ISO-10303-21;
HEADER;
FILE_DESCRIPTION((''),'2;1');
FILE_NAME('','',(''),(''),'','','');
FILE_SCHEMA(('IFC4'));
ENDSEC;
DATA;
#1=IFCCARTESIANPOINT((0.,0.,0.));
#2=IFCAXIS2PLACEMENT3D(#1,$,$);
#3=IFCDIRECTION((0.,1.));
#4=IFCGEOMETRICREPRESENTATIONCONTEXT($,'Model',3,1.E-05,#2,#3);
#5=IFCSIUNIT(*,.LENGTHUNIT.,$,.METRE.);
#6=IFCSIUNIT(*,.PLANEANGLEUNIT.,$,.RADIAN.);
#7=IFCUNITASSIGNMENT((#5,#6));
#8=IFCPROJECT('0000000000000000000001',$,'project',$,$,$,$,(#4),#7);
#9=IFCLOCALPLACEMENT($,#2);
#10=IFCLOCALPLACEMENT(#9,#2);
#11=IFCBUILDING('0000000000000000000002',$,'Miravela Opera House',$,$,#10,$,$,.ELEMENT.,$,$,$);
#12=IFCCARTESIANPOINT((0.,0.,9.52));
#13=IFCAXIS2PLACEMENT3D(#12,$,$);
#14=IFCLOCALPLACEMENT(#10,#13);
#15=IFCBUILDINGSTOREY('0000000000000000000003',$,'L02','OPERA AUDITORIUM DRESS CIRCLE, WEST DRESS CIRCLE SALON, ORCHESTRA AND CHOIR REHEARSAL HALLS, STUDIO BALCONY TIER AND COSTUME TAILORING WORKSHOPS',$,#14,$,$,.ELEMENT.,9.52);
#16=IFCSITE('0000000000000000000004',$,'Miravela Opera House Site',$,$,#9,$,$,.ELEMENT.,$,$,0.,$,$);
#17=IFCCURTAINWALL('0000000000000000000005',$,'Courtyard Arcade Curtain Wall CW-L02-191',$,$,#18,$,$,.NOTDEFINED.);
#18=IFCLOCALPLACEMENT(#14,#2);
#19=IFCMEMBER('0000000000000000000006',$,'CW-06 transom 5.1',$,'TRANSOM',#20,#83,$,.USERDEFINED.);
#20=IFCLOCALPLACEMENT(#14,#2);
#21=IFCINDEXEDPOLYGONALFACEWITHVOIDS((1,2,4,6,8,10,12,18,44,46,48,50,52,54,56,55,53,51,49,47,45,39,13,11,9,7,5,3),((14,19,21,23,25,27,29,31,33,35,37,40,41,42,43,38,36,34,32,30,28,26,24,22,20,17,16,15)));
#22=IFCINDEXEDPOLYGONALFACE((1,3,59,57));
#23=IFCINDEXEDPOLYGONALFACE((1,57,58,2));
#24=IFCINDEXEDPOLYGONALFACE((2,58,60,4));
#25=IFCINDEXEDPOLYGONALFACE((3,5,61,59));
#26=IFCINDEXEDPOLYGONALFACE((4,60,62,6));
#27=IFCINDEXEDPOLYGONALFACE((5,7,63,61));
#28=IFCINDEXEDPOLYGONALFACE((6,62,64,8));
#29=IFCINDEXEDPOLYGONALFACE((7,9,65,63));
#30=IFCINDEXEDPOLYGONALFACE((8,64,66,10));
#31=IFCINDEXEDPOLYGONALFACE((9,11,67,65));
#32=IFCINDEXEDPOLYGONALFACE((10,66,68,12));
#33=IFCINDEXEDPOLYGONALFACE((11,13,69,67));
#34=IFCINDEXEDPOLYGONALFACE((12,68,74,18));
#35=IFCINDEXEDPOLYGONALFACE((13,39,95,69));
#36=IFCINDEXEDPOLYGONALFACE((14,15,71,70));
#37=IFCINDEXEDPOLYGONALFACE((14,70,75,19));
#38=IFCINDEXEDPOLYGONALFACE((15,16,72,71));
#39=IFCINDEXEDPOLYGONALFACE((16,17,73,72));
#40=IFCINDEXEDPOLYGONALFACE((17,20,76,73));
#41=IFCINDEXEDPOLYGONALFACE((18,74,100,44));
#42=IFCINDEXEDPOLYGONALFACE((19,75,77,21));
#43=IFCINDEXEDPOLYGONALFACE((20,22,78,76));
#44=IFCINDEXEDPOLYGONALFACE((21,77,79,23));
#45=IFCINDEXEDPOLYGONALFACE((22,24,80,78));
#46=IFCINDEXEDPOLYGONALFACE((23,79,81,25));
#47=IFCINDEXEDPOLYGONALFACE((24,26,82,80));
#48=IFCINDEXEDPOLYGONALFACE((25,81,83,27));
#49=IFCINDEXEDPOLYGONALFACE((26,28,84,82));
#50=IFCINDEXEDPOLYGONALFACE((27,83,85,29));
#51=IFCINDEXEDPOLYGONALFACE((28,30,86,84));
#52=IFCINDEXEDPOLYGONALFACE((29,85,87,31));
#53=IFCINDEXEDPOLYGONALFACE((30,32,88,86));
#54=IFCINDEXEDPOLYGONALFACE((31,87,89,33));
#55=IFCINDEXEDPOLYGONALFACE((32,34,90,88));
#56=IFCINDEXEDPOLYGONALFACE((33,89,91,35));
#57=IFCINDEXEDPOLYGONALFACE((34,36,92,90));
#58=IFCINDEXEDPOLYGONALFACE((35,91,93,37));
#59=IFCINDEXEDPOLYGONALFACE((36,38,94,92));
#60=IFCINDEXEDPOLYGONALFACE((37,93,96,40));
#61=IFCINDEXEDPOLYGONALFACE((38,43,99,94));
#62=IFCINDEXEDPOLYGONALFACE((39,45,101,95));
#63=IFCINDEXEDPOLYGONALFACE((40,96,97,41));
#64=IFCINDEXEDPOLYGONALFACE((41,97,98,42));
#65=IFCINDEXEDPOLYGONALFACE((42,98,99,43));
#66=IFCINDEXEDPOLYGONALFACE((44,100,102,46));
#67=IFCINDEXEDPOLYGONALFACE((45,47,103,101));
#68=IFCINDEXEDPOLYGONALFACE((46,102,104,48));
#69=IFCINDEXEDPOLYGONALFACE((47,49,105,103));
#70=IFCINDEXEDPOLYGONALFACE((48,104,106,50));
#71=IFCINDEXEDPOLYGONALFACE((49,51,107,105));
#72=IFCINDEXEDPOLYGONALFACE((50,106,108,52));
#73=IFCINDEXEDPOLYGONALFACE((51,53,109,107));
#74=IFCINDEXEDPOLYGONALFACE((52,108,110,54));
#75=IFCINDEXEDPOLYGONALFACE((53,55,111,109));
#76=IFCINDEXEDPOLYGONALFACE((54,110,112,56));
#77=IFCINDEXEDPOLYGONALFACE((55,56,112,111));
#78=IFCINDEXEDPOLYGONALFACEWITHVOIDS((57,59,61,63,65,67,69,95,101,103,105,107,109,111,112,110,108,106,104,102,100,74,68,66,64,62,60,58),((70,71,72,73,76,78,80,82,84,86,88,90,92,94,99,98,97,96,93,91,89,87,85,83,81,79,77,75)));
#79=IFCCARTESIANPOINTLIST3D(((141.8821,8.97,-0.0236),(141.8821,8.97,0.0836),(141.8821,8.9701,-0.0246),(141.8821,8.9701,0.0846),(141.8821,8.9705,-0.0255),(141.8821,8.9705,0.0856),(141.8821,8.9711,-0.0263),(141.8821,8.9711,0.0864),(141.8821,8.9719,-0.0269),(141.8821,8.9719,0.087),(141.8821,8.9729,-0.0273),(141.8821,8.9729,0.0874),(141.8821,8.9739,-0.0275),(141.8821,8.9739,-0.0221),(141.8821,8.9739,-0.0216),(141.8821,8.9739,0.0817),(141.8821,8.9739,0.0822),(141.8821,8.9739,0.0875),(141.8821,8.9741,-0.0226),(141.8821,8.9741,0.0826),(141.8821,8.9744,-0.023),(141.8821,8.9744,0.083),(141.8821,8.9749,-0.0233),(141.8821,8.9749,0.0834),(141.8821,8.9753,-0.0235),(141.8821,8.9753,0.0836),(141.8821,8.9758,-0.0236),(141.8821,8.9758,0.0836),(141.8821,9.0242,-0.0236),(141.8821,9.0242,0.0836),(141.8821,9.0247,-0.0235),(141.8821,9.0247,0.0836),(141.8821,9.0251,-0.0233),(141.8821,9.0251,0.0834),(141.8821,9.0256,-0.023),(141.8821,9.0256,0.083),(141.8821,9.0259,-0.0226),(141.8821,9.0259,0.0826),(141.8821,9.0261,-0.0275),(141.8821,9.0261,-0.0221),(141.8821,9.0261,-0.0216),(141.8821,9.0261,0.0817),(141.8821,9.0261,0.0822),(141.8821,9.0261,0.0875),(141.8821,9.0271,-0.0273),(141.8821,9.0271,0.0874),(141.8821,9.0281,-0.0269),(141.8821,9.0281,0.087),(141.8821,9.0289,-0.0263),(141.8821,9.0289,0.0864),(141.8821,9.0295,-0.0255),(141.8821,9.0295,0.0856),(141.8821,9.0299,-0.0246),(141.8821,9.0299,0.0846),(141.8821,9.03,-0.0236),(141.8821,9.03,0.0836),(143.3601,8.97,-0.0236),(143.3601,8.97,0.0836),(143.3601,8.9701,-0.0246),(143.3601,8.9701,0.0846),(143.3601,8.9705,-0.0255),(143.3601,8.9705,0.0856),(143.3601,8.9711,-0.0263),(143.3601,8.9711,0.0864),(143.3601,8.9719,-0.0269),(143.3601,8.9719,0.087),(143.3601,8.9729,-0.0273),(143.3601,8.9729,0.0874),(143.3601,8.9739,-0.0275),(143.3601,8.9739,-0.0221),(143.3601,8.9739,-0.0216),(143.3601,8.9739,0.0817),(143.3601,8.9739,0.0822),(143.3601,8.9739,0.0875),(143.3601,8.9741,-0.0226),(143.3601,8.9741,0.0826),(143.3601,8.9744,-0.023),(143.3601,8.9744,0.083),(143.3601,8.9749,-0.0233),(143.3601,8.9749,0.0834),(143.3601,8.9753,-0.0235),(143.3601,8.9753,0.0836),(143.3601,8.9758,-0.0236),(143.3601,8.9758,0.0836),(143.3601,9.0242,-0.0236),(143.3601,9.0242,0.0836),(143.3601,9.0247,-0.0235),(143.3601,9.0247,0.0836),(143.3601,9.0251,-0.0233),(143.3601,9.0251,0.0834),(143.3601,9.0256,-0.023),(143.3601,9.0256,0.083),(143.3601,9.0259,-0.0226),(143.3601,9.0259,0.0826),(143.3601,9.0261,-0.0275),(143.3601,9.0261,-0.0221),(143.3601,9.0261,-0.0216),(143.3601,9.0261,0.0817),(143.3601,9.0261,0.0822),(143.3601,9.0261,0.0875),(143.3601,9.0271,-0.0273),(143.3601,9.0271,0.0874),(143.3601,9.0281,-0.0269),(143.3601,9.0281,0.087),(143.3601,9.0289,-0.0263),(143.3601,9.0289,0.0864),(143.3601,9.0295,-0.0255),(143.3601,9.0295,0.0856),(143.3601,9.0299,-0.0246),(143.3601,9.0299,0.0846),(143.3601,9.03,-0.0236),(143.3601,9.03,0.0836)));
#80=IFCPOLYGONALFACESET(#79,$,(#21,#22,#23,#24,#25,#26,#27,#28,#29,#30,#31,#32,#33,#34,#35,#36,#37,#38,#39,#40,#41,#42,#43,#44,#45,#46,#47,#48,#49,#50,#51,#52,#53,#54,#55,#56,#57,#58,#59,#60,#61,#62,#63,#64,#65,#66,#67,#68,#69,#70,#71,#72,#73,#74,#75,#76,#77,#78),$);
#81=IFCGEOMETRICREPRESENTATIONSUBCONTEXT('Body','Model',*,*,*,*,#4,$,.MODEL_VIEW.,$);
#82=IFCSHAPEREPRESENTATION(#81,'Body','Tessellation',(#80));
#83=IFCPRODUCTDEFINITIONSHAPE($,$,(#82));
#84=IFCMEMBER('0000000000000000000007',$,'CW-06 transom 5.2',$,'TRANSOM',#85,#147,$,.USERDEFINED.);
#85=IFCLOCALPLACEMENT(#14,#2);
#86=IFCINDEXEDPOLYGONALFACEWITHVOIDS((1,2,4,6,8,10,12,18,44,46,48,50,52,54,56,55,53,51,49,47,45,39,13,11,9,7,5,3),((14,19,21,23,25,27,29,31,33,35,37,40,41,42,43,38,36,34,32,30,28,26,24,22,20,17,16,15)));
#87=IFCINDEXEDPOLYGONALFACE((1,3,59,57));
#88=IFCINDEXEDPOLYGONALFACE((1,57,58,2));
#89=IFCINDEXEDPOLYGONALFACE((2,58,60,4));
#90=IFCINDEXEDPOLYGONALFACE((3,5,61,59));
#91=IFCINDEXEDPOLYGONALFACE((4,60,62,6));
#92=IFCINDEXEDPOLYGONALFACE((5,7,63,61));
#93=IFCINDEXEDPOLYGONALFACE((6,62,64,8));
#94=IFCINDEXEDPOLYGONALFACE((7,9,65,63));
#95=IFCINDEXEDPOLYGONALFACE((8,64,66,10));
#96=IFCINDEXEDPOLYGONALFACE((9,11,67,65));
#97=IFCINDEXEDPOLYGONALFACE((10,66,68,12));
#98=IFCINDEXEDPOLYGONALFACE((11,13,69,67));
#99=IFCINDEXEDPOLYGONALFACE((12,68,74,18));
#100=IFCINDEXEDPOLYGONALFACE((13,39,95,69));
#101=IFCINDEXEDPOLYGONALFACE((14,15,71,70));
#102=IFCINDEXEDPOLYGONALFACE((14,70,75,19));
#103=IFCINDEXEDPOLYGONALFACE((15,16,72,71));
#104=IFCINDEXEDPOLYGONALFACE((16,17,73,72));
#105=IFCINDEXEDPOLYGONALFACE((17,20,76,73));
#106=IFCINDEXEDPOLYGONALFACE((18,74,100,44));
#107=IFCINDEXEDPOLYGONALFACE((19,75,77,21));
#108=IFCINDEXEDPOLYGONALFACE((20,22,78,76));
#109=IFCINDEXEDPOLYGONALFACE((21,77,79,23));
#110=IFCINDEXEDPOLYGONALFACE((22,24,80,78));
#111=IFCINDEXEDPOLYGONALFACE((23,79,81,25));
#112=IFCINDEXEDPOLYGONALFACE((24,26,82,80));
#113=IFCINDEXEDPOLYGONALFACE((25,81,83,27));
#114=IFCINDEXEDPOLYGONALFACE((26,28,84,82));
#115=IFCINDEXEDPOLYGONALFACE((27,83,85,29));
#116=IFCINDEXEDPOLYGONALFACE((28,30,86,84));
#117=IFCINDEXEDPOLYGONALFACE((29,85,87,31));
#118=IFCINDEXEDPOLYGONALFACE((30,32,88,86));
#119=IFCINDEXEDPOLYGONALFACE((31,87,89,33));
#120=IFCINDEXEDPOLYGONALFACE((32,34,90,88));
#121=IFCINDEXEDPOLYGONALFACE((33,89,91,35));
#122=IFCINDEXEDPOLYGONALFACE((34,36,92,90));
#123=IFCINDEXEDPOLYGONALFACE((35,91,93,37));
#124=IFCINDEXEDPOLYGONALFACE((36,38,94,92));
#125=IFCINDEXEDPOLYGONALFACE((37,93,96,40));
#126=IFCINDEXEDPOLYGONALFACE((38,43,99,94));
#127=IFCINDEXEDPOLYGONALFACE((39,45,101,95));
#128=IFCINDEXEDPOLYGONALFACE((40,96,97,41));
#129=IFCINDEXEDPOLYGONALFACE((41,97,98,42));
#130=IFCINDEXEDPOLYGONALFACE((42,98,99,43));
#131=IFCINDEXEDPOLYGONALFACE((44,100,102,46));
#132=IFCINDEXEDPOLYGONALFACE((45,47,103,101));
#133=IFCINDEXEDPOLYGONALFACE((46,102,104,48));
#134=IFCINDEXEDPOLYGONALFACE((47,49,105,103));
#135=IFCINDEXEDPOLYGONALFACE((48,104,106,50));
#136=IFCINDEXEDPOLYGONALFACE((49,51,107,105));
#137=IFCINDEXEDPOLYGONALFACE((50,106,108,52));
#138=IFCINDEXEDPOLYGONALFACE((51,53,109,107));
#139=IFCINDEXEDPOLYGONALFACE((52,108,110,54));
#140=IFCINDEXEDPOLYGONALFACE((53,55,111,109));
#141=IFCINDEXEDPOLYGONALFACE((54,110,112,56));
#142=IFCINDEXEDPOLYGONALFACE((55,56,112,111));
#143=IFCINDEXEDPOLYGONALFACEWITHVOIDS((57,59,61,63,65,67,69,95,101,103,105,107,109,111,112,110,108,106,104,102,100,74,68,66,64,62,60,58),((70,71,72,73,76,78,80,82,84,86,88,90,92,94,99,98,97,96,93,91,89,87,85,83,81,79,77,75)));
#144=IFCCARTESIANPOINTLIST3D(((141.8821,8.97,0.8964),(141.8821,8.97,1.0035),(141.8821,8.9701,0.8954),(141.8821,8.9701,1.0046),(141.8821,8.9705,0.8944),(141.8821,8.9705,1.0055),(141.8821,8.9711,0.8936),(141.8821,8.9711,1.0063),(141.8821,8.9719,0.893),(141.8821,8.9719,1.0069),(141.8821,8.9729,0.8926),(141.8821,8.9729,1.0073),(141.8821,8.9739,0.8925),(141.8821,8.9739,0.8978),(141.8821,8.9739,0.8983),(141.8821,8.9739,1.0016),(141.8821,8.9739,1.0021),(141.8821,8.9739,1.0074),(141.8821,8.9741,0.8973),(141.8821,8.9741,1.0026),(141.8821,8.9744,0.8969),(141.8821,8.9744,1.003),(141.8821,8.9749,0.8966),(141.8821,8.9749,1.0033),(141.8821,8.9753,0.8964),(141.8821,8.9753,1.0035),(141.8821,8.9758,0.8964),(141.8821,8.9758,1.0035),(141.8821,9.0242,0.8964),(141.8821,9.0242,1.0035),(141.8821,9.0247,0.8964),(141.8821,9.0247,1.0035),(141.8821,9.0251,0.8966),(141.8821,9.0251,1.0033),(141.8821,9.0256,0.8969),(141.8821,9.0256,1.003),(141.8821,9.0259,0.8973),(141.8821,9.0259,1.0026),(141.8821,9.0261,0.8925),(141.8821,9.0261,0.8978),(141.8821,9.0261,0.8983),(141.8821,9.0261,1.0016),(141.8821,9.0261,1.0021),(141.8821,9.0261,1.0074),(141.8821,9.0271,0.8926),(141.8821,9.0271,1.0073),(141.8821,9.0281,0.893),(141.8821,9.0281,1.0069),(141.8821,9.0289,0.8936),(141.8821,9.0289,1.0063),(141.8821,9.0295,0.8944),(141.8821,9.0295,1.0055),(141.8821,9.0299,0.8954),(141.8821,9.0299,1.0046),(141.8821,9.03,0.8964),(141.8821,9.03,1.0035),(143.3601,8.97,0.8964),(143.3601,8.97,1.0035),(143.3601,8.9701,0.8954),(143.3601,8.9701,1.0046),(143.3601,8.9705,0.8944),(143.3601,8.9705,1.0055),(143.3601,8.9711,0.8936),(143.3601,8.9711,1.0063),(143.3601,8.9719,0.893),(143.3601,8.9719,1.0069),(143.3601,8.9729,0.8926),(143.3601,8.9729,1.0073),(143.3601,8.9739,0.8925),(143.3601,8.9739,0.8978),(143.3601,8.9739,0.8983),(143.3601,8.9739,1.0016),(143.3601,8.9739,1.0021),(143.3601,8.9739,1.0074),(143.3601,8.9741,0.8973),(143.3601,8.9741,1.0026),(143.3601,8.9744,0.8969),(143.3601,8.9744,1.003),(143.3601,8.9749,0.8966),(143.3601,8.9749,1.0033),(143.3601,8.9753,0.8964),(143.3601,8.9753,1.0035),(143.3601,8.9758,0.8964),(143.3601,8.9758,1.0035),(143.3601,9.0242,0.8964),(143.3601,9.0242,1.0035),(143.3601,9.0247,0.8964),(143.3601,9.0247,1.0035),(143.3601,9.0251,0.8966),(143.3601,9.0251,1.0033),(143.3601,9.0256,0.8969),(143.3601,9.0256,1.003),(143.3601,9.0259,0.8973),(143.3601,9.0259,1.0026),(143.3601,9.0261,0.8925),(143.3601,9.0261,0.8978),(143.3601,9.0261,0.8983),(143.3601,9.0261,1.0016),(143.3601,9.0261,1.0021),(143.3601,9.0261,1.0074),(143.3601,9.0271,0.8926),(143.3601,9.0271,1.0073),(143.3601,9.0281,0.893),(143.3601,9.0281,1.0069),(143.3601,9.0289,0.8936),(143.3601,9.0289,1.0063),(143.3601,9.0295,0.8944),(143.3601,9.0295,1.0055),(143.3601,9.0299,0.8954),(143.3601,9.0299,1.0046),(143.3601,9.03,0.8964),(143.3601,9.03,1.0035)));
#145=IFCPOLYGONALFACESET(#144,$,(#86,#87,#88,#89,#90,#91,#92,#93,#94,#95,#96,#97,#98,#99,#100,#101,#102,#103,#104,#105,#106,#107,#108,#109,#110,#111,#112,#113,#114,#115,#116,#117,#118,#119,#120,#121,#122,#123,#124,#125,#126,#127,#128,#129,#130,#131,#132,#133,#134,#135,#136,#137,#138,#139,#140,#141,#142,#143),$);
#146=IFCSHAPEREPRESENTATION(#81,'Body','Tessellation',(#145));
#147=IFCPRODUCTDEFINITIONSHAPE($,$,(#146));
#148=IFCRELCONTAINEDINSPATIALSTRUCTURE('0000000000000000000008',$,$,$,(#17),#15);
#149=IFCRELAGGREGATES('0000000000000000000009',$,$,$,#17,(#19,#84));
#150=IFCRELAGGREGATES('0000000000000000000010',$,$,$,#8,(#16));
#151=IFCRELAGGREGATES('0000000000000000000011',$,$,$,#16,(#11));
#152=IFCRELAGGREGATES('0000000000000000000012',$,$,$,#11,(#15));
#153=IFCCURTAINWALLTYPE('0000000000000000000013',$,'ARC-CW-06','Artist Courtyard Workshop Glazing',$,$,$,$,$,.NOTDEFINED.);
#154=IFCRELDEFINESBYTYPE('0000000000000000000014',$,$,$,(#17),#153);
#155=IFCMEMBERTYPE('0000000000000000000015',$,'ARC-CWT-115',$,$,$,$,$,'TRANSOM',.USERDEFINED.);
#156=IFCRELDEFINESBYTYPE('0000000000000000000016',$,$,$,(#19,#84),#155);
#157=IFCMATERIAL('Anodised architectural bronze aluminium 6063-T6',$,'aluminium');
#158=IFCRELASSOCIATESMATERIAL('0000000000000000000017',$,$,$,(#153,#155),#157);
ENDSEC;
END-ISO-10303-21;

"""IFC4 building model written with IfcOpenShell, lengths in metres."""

from ifc_helpers import new_model, si_unit, direction, frame, origin, origin_2d, place, context, subcontext, project, spatial, hollow_rectangle, extrude, material, material_profile, profile_set, type_object, element, aggregate, save


model = new_model("IFC4")

# Units and contexts
model_context = context("Model", 3, precision=1e-05, world=origin(), true_north=direction((0.0, 1.0)))
body_context = subcontext(model_context, "Body", "Model", "MODEL_VIEW")
ifc_project = project(units=[si_unit("LENGTHUNIT", "METRE"), si_unit("PLANEANGLEUNIT", "RADIAN")], contexts=[model_context])

# Site, building, storey
site_placement = place(None, origin())
site = spatial("IfcSite", under=ifc_project, at=site_placement, Name="Miravela Opera House Site", CompositionType="ELEMENT", RefElevation=0.0)
building_placement = place(site_placement, origin())
building = spatial("IfcBuilding", under=site, at=building_placement, Name="Miravela Opera House", CompositionType="ELEMENT")
storey_placement = place(building_placement, frame((0.0, 0.0, 9.52)))
storey = spatial("IfcBuildingStorey", under=building, at=storey_placement, Name="L02", Description="OPERA AUDITORIUM DRESS CIRCLE, WEST DRESS CIRCLE SALON, ORCHESTRA AND CHOIR REHEARSAL HALLS, STUDIO BALCONY TIER AND COSTUME TAILORING WORKSHOPS", CompositionType="ELEMENT", Elevation=9.52)

# Curtain wall, members
ifc_material_1 = material(Name="Anodised architectural bronze aluminium 6063-T6", Category="aluminium")
curtain_wall_type = type_object("IfcCurtainWallType", Name="ARC-CW-06", Description="Artist Courtyard Workshop Glazing", PredefinedType="NOTDEFINED", material=ifc_material_1)
curtain_wall_placement = place(storey_placement, origin())
curtain_wall = element("IfcCurtainWall", 1, at=curtain_wall_placement, inside=storey, type_object=curtain_wall_type, Name="Courtyard Arcade Curtain Wall CW-L02-191", PredefinedType="NOTDEFINED")
ifc_material_profile_1 = material_profile(ifc_material_1, hollow_rectangle(XDim=0.0601, YDim=0.115, WallThickness=0.0039, InnerFilletRadius=0.002, OuterFilletRadius=0.0039, at=origin_2d()), Name="CWT-60X115")
ifc_profile_set_1 = profile_set([ifc_material_profile_1])
member_type_1 = type_object("IfcMemberType", Name="ARC-CWT-115", ElementType="TRANSOM", PredefinedType="USERDEFINED", material=ifc_profile_set_1)
member_1_placement = place(storey_placement, frame((141.8821, 9.0, 0.03), z_axis=(1.0, 0.0, 0.0), x_axis=(0.0, 1.0, 0.0)))
member_1 = element("IfcMember", 2, at=member_1_placement, type_object=member_type_1, Name="CW-06 transom 5.1", ObjectType="TRANSOM", PredefinedType="USERDEFINED", context=body_context, shape_type="SweptSolid", body=[
    extrude(hollow_rectangle(XDim=0.0601, YDim=0.115, WallThickness=0.0039, InnerFilletRadius=0.002, OuterFilletRadius=0.0039, at=origin_2d()), origin(), (0.0, 0.0, 1.0), 1.478),
])
member_2_placement = place(storey_placement, frame((141.8821, 9.0, 0.95), z_axis=(1.0, 0.0, 0.0), x_axis=(0.0, 1.0, 0.0)))
member_2 = element("IfcMember", 3, at=member_2_placement, type_object=member_type_1, Name="CW-06 transom 5.2", ObjectType="TRANSOM", PredefinedType="USERDEFINED", context=body_context, shape_type="SweptSolid", body=[
    extrude(hollow_rectangle(XDim=0.0601, YDim=0.115, WallThickness=0.0039, InnerFilletRadius=0.002, OuterFilletRadius=0.0039, at=origin_2d()), origin(), (0.0, 0.0, 1.0), 1.478),
])

aggregate(curtain_wall, [member_1, member_2])

save(model, "model.ifc")
